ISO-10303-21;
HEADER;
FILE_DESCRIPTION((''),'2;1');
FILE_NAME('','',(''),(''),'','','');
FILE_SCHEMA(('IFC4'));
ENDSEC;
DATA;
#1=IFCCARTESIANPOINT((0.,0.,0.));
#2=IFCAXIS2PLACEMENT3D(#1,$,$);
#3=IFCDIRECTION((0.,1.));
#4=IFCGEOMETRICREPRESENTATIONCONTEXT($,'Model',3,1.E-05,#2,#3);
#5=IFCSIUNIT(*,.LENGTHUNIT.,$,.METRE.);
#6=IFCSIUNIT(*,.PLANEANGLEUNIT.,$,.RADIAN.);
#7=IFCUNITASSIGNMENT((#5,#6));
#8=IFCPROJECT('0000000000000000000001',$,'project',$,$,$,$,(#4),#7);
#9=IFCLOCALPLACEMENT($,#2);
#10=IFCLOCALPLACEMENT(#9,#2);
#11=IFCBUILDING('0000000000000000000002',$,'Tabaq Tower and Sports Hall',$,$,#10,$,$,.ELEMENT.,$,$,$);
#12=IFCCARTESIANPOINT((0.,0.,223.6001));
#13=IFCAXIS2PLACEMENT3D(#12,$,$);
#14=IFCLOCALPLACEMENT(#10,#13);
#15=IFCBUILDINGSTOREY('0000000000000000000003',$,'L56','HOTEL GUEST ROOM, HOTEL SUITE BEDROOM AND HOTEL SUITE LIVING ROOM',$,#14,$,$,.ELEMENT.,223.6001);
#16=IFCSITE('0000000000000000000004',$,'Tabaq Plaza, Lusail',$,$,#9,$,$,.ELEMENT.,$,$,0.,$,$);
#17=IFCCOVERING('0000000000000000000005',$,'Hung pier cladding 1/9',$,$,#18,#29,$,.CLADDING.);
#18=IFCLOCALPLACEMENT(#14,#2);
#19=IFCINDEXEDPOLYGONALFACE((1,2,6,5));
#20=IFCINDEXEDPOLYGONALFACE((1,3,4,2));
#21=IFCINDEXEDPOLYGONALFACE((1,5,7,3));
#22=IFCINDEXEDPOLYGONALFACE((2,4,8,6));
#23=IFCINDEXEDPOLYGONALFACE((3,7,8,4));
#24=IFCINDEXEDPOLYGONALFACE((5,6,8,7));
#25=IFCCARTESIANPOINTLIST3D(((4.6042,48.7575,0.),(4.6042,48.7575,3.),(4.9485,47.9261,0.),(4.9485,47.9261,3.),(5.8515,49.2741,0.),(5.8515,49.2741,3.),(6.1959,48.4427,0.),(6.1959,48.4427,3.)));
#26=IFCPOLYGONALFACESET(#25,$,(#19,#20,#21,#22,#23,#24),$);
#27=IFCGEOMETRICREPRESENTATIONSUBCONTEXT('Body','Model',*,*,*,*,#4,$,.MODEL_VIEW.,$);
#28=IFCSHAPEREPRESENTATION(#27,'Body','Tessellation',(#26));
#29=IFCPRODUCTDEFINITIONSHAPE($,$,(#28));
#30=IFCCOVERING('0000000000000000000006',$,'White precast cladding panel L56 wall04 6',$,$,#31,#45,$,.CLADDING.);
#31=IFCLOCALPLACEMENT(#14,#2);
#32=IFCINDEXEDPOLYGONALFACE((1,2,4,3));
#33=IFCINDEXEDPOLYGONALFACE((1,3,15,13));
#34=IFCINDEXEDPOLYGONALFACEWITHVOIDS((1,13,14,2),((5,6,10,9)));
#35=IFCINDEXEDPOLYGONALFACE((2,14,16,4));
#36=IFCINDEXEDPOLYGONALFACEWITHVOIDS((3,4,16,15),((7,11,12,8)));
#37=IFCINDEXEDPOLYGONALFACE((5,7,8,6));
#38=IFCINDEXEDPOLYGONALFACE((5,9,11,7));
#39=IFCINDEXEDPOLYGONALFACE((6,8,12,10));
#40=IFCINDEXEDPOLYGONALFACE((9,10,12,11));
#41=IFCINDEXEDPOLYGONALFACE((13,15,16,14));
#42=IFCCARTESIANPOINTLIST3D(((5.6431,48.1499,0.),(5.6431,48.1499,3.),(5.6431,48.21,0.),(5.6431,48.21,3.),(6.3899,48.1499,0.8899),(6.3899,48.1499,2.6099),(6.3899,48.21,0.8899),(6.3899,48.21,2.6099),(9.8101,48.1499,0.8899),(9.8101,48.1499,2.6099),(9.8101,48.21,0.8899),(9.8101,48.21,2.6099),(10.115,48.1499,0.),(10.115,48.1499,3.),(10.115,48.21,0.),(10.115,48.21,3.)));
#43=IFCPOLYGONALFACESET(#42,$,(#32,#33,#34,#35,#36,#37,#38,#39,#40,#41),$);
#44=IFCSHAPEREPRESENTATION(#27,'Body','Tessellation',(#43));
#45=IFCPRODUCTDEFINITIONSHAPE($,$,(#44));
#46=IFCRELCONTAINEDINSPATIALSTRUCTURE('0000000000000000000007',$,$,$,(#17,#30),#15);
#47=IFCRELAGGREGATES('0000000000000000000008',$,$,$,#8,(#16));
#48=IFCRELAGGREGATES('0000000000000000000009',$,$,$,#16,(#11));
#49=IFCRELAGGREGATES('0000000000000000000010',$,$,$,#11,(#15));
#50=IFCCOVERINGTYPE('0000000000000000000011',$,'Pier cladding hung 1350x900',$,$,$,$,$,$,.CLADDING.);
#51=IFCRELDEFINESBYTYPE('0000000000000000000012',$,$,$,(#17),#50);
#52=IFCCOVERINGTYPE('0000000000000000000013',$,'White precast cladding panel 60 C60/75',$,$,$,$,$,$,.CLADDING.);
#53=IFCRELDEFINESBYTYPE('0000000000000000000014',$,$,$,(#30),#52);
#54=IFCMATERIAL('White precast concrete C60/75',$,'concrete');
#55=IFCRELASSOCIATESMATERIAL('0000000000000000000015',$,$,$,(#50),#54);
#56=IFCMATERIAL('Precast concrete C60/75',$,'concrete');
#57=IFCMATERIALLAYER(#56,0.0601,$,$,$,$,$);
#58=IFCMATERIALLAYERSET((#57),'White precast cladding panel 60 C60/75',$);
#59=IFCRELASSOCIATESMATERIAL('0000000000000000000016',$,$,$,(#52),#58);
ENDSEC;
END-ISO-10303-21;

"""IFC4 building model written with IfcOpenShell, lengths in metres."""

from ifc_helpers import new_model, si_unit, direction, frame, frame_2d, origin, place, context, subcontext, project, spatial, polyline, rectangle, outline, extrude, material, layer, layer_set, type_object, element, save


model = new_model("IFC4")

# Units and contexts
model_context = context("Model", 3, precision=1e-05, world=origin(), true_north=direction((0.0, 1.0)))
body_context = subcontext(model_context, "Body", "Model", "MODEL_VIEW")
ifc_project = project(units=[si_unit("LENGTHUNIT", "METRE"), si_unit("PLANEANGLEUNIT", "RADIAN")], contexts=[model_context])

# Site, building, storey
site_placement = place(None, origin())
site = spatial("IfcSite", under=ifc_project, at=site_placement, Name="Tabaq Plaza, Lusail", CompositionType="ELEMENT", RefElevation=0.0)
building_placement = place(site_placement, origin())
building = spatial("IfcBuilding", under=site, at=building_placement, Name="Tabaq Tower and Sports Hall", CompositionType="ELEMENT")
storey_placement = place(building_placement, frame((0.0, 0.0, 223.6001)))
storey = spatial("IfcBuildingStorey", under=building, at=storey_placement, Name="L56", Description="HOTEL GUEST ROOM, HOTEL SUITE BEDROOM AND HOTEL SUITE LIVING ROOM", CompositionType="ELEMENT", Elevation=223.6001)

# Coverings
ifc_material_1 = material(Name="White precast concrete C60/75", Category="concrete")
covering_type_1 = type_object("IfcCoveringType", Name="Pier cladding hung 1350x900", PredefinedType="CLADDING", material=ifc_material_1)
covering_1_placement = place(storey_placement, frame((6.0237, 48.8584, 0.0), z_axis=(0.0, 0.0, 1.0), x_axis=(-0.923893, -0.38265, 0.0)))
element("IfcCovering", 1, at=covering_1_placement, inside=storey, type_object=covering_type_1, Name="Hung pier cladding 1/9", PredefinedType="CLADDING", context=body_context, shape_type="SweptSolid", body=[
    extrude(rectangle(XDim=1.3501, YDim=0.8999, at=frame_2d((0.675, 0.0))), origin(), (0.0, 0.0, 1.0), 3.0),
])
ifc_material_2 = material(Name="Precast concrete C60/75", Category="concrete")
ifc_layer_1 = layer(ifc_material_2, 0.0601)
ifc_layer_set_1 = layer_set([ifc_layer_1], Name="White precast cladding panel 60 C60/75")
covering_type_2 = type_object("IfcCoveringType", Name="White precast cladding panel 60 C60/75", PredefinedType="CLADDING", material=ifc_layer_set_1)
covering_2_placement = place(storey_placement, frame((10.115, 48.1799, 0.0), z_axis=(0.0, 0.0, 1.0), x_axis=(-1.0, 0.0, 0.0)))
element("IfcCovering", 2, at=covering_2_placement, inside=storey, type_object=covering_type_2, Name="White precast cladding panel L56 wall04 6", PredefinedType="CLADDING", context=body_context, shape_type="SweptSolid", body=[
    extrude(outline(polyline([(0.0, 0.0), (4.4719, 0.0), (4.4719, 3.0), (0.0, 3.0), (0.0, 0.0)]), holes=[polyline([(0.3049, 0.8899), (0.3049, 2.6099), (3.7251, 2.6099), (3.7251, 0.8899), (0.3049, 0.8899)])]), frame((0.0, 0.03, 0.0), z_axis=(0.0, -1.0, 0.0), x_axis=(1.0, 0.0, 0.0)), (0.0, 0.0, 1.0), 0.0601),
])

save(model, "model.ifc")
